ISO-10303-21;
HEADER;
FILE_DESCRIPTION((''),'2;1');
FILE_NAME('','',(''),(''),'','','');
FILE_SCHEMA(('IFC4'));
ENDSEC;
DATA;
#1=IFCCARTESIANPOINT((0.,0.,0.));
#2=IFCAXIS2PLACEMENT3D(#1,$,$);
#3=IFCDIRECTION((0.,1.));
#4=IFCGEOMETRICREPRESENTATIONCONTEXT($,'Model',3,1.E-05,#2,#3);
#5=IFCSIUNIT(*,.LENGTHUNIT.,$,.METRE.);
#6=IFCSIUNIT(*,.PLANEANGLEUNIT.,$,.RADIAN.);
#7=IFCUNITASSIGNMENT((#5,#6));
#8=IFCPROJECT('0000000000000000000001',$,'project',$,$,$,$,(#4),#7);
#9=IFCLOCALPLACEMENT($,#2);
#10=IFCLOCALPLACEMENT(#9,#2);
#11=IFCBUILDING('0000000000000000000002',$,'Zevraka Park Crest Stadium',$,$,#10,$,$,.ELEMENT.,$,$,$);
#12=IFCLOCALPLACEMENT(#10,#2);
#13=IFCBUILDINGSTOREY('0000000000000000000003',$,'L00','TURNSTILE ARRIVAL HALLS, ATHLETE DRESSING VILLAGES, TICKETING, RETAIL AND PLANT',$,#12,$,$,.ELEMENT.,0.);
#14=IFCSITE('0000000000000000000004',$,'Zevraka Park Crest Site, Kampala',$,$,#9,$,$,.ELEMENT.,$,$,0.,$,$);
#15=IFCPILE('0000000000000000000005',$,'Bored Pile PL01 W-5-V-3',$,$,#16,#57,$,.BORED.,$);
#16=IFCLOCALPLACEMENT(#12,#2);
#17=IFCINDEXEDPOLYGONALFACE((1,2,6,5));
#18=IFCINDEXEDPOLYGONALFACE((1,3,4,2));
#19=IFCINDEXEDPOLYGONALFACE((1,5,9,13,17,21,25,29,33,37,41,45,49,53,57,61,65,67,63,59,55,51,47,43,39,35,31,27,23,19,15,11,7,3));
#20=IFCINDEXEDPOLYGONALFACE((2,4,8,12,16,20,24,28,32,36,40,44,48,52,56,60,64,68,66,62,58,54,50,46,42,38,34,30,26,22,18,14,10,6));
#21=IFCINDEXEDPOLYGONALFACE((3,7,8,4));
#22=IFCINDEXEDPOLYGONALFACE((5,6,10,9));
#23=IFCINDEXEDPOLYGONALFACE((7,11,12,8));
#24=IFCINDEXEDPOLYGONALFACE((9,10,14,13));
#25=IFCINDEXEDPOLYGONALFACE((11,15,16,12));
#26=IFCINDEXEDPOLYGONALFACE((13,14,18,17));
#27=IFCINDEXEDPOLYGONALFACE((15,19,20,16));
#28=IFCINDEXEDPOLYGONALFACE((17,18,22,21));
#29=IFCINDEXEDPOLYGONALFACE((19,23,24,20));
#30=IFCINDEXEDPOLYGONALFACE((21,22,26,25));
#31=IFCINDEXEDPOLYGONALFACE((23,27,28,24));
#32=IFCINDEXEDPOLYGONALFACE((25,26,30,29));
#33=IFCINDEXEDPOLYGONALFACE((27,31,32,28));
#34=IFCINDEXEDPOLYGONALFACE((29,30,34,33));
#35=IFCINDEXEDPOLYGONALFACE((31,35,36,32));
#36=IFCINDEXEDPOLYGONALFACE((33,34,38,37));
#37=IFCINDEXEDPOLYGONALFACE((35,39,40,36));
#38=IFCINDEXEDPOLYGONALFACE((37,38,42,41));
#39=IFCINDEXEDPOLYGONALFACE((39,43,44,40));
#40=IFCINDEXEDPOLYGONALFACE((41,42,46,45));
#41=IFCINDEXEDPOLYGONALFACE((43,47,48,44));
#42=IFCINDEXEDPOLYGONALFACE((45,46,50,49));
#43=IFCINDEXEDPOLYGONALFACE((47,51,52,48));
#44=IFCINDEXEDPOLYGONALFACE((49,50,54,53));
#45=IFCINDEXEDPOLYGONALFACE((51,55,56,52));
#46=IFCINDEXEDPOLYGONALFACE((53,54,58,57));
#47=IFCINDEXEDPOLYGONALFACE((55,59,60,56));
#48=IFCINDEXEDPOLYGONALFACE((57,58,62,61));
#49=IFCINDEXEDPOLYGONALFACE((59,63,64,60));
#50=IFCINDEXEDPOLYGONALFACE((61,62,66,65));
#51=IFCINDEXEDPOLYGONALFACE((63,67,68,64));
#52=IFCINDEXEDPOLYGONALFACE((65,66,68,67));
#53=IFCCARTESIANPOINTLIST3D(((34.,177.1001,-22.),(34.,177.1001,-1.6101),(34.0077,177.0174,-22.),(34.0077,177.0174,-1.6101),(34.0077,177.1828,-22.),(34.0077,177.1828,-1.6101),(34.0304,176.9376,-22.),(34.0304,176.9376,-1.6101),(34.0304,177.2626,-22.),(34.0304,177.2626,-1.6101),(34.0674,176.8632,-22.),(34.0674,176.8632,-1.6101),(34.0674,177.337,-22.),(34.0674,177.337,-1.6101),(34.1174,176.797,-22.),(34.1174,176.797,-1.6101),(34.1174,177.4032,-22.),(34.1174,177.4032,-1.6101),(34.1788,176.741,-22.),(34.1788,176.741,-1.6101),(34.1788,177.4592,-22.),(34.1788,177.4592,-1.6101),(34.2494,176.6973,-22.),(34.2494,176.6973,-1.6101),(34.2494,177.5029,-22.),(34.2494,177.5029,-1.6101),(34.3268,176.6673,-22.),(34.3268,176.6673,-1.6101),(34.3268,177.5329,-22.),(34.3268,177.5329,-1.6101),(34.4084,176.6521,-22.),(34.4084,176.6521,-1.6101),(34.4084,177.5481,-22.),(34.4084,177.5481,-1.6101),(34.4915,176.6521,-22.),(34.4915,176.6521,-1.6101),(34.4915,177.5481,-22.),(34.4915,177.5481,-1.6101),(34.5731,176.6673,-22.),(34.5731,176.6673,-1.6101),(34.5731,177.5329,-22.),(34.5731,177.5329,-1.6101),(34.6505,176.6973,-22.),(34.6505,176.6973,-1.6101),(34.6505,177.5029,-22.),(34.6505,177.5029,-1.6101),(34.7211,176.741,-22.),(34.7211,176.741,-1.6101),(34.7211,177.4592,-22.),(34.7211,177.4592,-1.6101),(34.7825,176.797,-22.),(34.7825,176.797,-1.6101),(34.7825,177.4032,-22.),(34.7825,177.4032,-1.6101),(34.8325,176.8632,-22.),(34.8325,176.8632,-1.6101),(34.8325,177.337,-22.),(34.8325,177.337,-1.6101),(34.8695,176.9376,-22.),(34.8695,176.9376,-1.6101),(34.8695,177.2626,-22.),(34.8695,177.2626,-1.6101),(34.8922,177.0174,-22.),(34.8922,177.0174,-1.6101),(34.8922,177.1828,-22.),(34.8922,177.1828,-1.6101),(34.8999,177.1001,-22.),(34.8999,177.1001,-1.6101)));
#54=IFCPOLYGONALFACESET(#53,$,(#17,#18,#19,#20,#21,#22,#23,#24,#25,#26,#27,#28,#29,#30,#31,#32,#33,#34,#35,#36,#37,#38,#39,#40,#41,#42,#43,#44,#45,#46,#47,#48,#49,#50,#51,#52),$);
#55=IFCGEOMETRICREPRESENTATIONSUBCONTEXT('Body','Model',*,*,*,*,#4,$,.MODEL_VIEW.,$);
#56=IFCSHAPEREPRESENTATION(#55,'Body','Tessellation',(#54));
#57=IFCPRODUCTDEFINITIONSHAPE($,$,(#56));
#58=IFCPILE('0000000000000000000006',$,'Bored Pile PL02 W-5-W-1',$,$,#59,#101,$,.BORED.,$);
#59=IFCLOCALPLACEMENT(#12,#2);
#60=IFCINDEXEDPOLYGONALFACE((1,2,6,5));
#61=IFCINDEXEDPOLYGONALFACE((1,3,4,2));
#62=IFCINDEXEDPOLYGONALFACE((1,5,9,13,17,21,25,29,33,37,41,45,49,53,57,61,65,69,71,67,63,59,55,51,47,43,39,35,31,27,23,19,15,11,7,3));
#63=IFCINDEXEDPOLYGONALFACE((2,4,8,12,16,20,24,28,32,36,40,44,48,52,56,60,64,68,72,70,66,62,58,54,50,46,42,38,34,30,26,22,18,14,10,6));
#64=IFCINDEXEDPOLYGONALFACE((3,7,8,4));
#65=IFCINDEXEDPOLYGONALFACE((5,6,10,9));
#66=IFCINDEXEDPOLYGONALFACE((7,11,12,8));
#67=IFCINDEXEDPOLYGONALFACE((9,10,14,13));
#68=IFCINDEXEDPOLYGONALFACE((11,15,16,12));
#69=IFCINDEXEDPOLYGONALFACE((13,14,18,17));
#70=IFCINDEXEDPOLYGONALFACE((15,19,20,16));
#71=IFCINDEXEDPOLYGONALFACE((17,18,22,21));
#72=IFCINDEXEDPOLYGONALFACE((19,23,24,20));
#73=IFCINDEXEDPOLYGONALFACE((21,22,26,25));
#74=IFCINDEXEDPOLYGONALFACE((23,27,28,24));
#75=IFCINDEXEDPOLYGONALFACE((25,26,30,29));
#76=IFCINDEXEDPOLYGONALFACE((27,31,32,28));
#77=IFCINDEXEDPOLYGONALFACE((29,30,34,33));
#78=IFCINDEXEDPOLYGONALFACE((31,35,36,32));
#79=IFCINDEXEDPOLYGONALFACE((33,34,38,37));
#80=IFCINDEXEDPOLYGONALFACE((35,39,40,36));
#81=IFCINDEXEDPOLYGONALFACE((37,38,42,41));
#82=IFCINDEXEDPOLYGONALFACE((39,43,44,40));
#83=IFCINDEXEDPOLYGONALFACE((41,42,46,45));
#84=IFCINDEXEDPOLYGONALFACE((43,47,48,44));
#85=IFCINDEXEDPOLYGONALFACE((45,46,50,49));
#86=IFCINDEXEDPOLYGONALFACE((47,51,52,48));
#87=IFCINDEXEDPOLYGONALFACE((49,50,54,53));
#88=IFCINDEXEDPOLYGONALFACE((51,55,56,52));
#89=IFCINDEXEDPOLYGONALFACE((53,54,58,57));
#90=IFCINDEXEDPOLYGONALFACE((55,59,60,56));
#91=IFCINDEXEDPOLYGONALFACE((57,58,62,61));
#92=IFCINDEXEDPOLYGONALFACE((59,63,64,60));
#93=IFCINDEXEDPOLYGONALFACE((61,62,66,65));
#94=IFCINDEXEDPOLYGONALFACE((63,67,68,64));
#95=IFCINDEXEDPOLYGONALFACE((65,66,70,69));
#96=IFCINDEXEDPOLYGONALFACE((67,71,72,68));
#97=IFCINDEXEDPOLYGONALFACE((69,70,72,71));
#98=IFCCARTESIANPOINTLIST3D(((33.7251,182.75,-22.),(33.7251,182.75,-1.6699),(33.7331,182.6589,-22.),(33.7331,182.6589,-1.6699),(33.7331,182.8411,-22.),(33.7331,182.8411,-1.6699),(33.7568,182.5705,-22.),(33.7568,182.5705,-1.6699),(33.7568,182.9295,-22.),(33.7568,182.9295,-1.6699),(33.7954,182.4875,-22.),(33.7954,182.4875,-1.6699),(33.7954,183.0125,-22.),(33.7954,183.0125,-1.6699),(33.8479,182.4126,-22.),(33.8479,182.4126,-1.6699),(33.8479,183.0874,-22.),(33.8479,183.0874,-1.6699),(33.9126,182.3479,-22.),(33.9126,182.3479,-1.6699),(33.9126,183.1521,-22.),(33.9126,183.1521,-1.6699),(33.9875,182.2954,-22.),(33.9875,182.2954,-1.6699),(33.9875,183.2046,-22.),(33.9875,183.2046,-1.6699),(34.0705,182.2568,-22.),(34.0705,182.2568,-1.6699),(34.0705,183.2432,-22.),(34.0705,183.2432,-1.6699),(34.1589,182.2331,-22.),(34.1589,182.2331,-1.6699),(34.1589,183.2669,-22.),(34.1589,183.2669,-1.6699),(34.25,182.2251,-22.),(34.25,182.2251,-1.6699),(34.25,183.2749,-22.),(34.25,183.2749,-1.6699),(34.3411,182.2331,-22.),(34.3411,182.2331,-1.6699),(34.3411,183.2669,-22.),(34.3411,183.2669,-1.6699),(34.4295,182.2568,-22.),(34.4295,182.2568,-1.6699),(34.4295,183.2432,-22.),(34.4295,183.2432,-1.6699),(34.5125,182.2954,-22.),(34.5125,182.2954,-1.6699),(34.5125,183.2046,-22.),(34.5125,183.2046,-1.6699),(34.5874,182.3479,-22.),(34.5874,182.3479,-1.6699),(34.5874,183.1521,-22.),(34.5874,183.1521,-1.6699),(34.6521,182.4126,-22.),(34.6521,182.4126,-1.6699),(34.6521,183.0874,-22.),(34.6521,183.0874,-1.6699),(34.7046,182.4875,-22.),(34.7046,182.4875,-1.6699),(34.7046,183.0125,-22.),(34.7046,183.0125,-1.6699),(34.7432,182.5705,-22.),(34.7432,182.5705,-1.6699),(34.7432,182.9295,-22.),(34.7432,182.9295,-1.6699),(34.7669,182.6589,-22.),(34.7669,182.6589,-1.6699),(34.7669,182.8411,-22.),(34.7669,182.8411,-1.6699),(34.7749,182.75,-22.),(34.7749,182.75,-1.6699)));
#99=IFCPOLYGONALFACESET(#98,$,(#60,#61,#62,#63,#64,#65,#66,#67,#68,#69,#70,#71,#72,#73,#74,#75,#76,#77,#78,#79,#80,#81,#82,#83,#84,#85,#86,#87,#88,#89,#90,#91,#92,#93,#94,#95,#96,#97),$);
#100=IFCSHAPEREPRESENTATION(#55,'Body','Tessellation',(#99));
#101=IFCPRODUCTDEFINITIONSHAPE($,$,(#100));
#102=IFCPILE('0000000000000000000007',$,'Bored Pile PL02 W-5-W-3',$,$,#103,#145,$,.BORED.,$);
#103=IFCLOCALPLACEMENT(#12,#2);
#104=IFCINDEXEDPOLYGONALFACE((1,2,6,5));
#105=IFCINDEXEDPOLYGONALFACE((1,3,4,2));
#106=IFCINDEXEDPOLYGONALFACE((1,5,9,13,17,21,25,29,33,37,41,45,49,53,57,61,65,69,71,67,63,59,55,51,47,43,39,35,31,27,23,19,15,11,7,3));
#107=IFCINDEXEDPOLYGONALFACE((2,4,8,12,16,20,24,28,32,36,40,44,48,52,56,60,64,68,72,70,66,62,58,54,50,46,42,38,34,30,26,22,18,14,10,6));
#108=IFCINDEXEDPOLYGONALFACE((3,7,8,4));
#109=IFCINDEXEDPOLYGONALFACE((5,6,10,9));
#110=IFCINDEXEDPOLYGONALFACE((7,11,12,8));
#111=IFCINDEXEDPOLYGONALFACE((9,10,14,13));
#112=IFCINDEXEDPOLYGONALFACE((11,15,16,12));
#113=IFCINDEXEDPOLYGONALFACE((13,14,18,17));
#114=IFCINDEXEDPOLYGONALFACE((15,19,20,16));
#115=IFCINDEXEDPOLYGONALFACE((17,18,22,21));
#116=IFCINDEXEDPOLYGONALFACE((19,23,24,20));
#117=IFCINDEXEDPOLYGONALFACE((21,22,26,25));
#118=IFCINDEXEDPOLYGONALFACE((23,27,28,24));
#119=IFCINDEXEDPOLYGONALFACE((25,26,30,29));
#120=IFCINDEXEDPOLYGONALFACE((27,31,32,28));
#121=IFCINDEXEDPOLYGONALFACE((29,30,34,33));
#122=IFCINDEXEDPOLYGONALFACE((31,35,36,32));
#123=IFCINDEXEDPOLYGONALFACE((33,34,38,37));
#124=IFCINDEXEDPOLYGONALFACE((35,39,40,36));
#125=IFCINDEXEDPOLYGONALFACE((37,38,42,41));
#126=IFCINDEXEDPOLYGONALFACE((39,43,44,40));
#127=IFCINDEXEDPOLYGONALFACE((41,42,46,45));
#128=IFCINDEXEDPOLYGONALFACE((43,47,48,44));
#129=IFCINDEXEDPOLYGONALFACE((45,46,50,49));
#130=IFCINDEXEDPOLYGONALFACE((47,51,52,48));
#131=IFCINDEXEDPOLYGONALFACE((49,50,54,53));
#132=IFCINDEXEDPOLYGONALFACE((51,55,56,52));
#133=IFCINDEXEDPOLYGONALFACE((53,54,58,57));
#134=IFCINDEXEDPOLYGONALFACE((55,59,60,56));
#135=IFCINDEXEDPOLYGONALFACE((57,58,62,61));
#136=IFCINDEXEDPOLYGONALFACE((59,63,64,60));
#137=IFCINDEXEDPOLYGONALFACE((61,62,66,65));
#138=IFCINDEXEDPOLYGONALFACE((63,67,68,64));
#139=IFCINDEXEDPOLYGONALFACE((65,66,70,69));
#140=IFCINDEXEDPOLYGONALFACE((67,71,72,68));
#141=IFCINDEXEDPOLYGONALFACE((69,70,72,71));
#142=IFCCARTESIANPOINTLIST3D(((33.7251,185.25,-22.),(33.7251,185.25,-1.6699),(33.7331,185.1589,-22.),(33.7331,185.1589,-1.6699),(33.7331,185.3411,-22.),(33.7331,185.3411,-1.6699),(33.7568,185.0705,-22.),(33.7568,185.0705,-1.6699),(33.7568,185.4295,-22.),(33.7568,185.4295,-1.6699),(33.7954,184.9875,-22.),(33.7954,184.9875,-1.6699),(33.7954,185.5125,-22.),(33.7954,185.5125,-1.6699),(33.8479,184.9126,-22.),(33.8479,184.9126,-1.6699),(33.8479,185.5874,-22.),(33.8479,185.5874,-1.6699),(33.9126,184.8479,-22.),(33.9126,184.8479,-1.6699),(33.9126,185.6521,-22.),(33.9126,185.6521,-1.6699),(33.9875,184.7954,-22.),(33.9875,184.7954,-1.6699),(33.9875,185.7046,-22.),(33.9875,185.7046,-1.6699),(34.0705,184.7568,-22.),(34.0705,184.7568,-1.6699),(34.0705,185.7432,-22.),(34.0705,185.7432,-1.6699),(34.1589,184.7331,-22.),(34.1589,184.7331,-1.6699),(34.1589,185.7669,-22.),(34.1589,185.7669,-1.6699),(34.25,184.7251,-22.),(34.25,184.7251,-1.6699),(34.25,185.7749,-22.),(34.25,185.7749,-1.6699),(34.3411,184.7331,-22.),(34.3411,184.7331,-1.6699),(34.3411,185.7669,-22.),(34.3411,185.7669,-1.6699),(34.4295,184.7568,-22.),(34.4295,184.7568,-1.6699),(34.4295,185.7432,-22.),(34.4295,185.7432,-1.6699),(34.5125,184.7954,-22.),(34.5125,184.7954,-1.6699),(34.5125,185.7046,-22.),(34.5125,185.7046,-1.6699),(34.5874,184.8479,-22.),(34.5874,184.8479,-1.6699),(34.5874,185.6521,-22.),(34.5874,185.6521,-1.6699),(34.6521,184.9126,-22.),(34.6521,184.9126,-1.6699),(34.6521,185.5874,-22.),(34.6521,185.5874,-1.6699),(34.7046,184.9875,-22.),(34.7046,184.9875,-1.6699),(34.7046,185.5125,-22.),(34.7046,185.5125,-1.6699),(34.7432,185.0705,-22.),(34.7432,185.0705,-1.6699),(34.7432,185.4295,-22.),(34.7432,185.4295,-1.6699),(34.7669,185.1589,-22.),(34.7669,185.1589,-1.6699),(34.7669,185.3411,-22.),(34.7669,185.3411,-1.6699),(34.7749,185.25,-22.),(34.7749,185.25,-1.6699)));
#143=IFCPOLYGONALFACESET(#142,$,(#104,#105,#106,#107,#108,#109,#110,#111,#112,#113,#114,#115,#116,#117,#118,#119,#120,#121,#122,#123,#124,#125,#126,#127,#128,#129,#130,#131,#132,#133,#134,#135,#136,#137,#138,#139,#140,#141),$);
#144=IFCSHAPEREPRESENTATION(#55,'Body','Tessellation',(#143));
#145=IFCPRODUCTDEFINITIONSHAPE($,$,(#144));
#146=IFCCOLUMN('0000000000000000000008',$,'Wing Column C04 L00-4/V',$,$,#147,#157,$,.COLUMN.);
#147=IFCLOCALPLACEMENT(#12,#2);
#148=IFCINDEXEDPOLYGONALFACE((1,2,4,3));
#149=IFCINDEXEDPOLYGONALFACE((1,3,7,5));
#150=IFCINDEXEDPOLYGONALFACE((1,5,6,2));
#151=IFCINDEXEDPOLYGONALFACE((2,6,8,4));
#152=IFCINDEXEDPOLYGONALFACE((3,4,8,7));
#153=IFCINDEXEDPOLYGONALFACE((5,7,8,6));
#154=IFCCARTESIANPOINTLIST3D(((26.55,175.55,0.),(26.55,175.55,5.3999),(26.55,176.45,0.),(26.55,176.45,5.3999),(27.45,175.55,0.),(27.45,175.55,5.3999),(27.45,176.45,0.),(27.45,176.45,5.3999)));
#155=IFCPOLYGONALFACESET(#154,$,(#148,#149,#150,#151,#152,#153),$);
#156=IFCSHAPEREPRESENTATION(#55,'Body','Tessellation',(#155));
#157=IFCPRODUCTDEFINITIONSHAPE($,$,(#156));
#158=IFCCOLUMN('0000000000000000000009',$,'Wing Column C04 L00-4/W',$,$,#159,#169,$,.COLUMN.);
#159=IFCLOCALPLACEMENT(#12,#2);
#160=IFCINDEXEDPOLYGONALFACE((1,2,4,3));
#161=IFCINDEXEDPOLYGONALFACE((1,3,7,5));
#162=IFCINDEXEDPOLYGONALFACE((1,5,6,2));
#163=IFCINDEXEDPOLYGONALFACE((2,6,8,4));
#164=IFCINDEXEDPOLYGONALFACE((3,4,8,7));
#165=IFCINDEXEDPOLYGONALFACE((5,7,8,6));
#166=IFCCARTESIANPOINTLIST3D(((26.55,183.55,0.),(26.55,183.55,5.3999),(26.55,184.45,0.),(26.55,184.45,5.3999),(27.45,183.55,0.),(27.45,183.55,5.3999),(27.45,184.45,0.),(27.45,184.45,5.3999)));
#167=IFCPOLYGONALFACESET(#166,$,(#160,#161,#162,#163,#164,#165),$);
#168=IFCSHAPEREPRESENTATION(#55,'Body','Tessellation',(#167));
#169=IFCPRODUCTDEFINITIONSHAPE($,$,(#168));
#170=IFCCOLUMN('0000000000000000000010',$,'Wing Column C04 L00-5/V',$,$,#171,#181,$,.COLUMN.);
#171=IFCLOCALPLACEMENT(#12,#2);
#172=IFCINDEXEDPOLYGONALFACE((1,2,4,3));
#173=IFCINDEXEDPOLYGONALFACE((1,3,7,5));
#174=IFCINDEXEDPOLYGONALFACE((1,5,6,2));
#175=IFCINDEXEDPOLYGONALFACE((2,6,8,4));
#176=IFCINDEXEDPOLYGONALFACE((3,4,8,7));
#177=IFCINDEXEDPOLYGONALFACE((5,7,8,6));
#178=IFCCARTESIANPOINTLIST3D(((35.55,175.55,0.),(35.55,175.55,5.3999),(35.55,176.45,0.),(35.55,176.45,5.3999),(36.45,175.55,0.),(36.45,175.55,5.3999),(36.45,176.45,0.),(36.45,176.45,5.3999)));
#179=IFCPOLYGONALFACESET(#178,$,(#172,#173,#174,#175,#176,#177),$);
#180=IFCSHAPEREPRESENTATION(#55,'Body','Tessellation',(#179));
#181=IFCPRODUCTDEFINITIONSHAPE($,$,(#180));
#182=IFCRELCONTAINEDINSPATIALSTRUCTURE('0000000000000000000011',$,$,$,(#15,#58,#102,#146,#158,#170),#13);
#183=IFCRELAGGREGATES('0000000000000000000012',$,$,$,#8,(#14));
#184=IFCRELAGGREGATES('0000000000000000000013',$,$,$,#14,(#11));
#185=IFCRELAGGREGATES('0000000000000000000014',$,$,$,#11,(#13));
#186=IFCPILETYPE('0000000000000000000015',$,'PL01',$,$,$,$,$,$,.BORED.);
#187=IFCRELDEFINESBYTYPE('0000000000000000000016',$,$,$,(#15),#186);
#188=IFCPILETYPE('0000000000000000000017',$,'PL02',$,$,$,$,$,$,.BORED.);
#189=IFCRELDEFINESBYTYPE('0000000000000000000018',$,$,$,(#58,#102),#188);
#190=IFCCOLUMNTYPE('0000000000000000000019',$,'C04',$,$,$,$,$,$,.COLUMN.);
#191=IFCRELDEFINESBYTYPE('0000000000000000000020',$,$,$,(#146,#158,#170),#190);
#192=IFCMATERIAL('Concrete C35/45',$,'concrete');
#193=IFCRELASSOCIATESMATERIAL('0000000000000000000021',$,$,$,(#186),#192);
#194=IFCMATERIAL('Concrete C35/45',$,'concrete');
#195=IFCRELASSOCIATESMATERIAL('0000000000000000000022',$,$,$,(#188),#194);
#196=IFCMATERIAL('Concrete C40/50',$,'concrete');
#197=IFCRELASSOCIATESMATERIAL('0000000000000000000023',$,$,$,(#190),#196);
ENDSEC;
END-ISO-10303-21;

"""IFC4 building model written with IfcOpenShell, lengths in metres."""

from ifc_helpers import new_model, si_unit, direction, frame, origin, origin_2d, place, context, subcontext, project, spatial, rectangle, circle, extrude, material, material_profile, profile_set, type_object, element, save


model = new_model("IFC4")

# Units and contexts
model_context = context("Model", 3, precision=1e-05, world=origin(), true_north=direction((0.0, 1.0)))
body_context = subcontext(model_context, "Body", "Model", "MODEL_VIEW")
ifc_project = project(units=[si_unit("LENGTHUNIT", "METRE"), si_unit("PLANEANGLEUNIT", "RADIAN")], contexts=[model_context])

# Site, building, storey
site_placement = place(None, origin())
site = spatial("IfcSite", under=ifc_project, at=site_placement, Name="Zevraka Park Crest Site, Kampala", CompositionType="ELEMENT", RefElevation=0.0)
building_placement = place(site_placement, origin())
building = spatial("IfcBuilding", under=site, at=building_placement, Name="Zevraka Park Crest Stadium", CompositionType="ELEMENT")
storey_placement = place(building_placement, origin())
storey = spatial("IfcBuildingStorey", under=building, at=storey_placement, Name="L00", Description="TURNSTILE ARRIVAL HALLS, ATHLETE DRESSING VILLAGES, TICKETING, RETAIL AND PLANT", CompositionType="ELEMENT", Elevation=0.0)

# Piles
ifc_material_1 = material(Name="Concrete C35/45", Category="concrete")
ifc_material_profile_1 = material_profile(ifc_material_1, circle(Radius=0.45, at=origin_2d()), Name="PILE D900")
ifc_profile_set_1 = profile_set([ifc_material_profile_1], Name="Concrete C35/45")
pile_type_1 = type_object("IfcPileType", Name="PL01", PredefinedType="BORED", material=ifc_profile_set_1)
for number, where, z_axis, x_axis, name in (
    (1, (34.45, 177.1001, -1.6101), (0.0, 0.0, -1.0), (1.0, 0.0, 0.0), "Bored Pile PL01 W-5-V-3"),
):
    element("IfcPile", number, at=place(storey_placement, frame(where, z_axis=z_axis, x_axis=x_axis)), inside=storey, type_object=pile_type_1, Name=name, PredefinedType="BORED", context=body_context, shape_type="SweptSolid", body=[
        extrude(circle(Radius=0.45, at=origin_2d()), origin(), (0.0, 0.0, 1.0), 20.3899),
    ])
ifc_material_2 = material(Name="Concrete C35/45", Category="concrete")
ifc_material_profile_2 = material_profile(ifc_material_2, circle(Radius=0.5249, at=origin_2d()), Name="PILE D1050")
ifc_profile_set_2 = profile_set([ifc_material_profile_2], Name="Concrete C35/45")
pile_type_2 = type_object("IfcPileType", Name="PL02", PredefinedType="BORED", material=ifc_profile_set_2)
for number, where, z_axis, x_axis, name in (
    (2, (34.25, 182.75, -1.6699), (0.0, 0.0, -1.0), (1.0, 0.0, 0.0), "Bored Pile PL02 W-5-W-1"),
    (3, (34.25, 185.25, -1.6699), (0.0, 0.0, -1.0), (1.0, 0.0, 0.0), "Bored Pile PL02 W-5-W-3"),
):
    element("IfcPile", number, at=place(storey_placement, frame(where, z_axis=z_axis, x_axis=x_axis)), inside=storey, type_object=pile_type_2, Name=name, PredefinedType="BORED", context=body_context, shape_type="SweptSolid", body=[
        extrude(circle(Radius=0.5249, at=origin_2d()), origin(), (0.0, 0.0, 1.0), 20.3301),
    ])

# Columns
ifc_material_3 = material(Name="Concrete C40/50", Category="concrete")
ifc_material_profile_3 = material_profile(ifc_material_3, rectangle(XDim=0.8999, YDim=0.8999, at=origin_2d()), Name="RC 900x900")
ifc_profile_set_3 = profile_set([ifc_material_profile_3], Name="Concrete C40/50")
column_type = type_object("IfcColumnType", Name="C04", PredefinedType="COLUMN", material=ifc_profile_set_3)
for number, where, z_axis, x_axis, name in (
    (4, (27.0, 176.0, 0.0), (0.0, 0.0, 1.0), (1.0, 0.0, 0.0), "Wing Column C04 L00-4/V"),
    (5, (27.0, 184.0, 0.0), (0.0, 0.0, 1.0), (1.0, 0.0, 0.0), "Wing Column C04 L00-4/W"),
    (6, (36.0, 176.0, 0.0), (0.0, 0.0, 1.0), (1.0, 0.0, 0.0), "Wing Column C04 L00-5/V"),
):
    element("IfcColumn", number, at=place(storey_placement, frame(where, z_axis=z_axis, x_axis=x_axis)), inside=storey, type_object=column_type, Name=name, PredefinedType="COLUMN", context=body_context, shape_type="SweptSolid", body=[
        extrude(rectangle(XDim=0.8999, YDim=0.8999, at=origin_2d()), origin(), (0.0, 0.0, 1.0), 5.3999),
    ])

save(model, "model.ifc")
